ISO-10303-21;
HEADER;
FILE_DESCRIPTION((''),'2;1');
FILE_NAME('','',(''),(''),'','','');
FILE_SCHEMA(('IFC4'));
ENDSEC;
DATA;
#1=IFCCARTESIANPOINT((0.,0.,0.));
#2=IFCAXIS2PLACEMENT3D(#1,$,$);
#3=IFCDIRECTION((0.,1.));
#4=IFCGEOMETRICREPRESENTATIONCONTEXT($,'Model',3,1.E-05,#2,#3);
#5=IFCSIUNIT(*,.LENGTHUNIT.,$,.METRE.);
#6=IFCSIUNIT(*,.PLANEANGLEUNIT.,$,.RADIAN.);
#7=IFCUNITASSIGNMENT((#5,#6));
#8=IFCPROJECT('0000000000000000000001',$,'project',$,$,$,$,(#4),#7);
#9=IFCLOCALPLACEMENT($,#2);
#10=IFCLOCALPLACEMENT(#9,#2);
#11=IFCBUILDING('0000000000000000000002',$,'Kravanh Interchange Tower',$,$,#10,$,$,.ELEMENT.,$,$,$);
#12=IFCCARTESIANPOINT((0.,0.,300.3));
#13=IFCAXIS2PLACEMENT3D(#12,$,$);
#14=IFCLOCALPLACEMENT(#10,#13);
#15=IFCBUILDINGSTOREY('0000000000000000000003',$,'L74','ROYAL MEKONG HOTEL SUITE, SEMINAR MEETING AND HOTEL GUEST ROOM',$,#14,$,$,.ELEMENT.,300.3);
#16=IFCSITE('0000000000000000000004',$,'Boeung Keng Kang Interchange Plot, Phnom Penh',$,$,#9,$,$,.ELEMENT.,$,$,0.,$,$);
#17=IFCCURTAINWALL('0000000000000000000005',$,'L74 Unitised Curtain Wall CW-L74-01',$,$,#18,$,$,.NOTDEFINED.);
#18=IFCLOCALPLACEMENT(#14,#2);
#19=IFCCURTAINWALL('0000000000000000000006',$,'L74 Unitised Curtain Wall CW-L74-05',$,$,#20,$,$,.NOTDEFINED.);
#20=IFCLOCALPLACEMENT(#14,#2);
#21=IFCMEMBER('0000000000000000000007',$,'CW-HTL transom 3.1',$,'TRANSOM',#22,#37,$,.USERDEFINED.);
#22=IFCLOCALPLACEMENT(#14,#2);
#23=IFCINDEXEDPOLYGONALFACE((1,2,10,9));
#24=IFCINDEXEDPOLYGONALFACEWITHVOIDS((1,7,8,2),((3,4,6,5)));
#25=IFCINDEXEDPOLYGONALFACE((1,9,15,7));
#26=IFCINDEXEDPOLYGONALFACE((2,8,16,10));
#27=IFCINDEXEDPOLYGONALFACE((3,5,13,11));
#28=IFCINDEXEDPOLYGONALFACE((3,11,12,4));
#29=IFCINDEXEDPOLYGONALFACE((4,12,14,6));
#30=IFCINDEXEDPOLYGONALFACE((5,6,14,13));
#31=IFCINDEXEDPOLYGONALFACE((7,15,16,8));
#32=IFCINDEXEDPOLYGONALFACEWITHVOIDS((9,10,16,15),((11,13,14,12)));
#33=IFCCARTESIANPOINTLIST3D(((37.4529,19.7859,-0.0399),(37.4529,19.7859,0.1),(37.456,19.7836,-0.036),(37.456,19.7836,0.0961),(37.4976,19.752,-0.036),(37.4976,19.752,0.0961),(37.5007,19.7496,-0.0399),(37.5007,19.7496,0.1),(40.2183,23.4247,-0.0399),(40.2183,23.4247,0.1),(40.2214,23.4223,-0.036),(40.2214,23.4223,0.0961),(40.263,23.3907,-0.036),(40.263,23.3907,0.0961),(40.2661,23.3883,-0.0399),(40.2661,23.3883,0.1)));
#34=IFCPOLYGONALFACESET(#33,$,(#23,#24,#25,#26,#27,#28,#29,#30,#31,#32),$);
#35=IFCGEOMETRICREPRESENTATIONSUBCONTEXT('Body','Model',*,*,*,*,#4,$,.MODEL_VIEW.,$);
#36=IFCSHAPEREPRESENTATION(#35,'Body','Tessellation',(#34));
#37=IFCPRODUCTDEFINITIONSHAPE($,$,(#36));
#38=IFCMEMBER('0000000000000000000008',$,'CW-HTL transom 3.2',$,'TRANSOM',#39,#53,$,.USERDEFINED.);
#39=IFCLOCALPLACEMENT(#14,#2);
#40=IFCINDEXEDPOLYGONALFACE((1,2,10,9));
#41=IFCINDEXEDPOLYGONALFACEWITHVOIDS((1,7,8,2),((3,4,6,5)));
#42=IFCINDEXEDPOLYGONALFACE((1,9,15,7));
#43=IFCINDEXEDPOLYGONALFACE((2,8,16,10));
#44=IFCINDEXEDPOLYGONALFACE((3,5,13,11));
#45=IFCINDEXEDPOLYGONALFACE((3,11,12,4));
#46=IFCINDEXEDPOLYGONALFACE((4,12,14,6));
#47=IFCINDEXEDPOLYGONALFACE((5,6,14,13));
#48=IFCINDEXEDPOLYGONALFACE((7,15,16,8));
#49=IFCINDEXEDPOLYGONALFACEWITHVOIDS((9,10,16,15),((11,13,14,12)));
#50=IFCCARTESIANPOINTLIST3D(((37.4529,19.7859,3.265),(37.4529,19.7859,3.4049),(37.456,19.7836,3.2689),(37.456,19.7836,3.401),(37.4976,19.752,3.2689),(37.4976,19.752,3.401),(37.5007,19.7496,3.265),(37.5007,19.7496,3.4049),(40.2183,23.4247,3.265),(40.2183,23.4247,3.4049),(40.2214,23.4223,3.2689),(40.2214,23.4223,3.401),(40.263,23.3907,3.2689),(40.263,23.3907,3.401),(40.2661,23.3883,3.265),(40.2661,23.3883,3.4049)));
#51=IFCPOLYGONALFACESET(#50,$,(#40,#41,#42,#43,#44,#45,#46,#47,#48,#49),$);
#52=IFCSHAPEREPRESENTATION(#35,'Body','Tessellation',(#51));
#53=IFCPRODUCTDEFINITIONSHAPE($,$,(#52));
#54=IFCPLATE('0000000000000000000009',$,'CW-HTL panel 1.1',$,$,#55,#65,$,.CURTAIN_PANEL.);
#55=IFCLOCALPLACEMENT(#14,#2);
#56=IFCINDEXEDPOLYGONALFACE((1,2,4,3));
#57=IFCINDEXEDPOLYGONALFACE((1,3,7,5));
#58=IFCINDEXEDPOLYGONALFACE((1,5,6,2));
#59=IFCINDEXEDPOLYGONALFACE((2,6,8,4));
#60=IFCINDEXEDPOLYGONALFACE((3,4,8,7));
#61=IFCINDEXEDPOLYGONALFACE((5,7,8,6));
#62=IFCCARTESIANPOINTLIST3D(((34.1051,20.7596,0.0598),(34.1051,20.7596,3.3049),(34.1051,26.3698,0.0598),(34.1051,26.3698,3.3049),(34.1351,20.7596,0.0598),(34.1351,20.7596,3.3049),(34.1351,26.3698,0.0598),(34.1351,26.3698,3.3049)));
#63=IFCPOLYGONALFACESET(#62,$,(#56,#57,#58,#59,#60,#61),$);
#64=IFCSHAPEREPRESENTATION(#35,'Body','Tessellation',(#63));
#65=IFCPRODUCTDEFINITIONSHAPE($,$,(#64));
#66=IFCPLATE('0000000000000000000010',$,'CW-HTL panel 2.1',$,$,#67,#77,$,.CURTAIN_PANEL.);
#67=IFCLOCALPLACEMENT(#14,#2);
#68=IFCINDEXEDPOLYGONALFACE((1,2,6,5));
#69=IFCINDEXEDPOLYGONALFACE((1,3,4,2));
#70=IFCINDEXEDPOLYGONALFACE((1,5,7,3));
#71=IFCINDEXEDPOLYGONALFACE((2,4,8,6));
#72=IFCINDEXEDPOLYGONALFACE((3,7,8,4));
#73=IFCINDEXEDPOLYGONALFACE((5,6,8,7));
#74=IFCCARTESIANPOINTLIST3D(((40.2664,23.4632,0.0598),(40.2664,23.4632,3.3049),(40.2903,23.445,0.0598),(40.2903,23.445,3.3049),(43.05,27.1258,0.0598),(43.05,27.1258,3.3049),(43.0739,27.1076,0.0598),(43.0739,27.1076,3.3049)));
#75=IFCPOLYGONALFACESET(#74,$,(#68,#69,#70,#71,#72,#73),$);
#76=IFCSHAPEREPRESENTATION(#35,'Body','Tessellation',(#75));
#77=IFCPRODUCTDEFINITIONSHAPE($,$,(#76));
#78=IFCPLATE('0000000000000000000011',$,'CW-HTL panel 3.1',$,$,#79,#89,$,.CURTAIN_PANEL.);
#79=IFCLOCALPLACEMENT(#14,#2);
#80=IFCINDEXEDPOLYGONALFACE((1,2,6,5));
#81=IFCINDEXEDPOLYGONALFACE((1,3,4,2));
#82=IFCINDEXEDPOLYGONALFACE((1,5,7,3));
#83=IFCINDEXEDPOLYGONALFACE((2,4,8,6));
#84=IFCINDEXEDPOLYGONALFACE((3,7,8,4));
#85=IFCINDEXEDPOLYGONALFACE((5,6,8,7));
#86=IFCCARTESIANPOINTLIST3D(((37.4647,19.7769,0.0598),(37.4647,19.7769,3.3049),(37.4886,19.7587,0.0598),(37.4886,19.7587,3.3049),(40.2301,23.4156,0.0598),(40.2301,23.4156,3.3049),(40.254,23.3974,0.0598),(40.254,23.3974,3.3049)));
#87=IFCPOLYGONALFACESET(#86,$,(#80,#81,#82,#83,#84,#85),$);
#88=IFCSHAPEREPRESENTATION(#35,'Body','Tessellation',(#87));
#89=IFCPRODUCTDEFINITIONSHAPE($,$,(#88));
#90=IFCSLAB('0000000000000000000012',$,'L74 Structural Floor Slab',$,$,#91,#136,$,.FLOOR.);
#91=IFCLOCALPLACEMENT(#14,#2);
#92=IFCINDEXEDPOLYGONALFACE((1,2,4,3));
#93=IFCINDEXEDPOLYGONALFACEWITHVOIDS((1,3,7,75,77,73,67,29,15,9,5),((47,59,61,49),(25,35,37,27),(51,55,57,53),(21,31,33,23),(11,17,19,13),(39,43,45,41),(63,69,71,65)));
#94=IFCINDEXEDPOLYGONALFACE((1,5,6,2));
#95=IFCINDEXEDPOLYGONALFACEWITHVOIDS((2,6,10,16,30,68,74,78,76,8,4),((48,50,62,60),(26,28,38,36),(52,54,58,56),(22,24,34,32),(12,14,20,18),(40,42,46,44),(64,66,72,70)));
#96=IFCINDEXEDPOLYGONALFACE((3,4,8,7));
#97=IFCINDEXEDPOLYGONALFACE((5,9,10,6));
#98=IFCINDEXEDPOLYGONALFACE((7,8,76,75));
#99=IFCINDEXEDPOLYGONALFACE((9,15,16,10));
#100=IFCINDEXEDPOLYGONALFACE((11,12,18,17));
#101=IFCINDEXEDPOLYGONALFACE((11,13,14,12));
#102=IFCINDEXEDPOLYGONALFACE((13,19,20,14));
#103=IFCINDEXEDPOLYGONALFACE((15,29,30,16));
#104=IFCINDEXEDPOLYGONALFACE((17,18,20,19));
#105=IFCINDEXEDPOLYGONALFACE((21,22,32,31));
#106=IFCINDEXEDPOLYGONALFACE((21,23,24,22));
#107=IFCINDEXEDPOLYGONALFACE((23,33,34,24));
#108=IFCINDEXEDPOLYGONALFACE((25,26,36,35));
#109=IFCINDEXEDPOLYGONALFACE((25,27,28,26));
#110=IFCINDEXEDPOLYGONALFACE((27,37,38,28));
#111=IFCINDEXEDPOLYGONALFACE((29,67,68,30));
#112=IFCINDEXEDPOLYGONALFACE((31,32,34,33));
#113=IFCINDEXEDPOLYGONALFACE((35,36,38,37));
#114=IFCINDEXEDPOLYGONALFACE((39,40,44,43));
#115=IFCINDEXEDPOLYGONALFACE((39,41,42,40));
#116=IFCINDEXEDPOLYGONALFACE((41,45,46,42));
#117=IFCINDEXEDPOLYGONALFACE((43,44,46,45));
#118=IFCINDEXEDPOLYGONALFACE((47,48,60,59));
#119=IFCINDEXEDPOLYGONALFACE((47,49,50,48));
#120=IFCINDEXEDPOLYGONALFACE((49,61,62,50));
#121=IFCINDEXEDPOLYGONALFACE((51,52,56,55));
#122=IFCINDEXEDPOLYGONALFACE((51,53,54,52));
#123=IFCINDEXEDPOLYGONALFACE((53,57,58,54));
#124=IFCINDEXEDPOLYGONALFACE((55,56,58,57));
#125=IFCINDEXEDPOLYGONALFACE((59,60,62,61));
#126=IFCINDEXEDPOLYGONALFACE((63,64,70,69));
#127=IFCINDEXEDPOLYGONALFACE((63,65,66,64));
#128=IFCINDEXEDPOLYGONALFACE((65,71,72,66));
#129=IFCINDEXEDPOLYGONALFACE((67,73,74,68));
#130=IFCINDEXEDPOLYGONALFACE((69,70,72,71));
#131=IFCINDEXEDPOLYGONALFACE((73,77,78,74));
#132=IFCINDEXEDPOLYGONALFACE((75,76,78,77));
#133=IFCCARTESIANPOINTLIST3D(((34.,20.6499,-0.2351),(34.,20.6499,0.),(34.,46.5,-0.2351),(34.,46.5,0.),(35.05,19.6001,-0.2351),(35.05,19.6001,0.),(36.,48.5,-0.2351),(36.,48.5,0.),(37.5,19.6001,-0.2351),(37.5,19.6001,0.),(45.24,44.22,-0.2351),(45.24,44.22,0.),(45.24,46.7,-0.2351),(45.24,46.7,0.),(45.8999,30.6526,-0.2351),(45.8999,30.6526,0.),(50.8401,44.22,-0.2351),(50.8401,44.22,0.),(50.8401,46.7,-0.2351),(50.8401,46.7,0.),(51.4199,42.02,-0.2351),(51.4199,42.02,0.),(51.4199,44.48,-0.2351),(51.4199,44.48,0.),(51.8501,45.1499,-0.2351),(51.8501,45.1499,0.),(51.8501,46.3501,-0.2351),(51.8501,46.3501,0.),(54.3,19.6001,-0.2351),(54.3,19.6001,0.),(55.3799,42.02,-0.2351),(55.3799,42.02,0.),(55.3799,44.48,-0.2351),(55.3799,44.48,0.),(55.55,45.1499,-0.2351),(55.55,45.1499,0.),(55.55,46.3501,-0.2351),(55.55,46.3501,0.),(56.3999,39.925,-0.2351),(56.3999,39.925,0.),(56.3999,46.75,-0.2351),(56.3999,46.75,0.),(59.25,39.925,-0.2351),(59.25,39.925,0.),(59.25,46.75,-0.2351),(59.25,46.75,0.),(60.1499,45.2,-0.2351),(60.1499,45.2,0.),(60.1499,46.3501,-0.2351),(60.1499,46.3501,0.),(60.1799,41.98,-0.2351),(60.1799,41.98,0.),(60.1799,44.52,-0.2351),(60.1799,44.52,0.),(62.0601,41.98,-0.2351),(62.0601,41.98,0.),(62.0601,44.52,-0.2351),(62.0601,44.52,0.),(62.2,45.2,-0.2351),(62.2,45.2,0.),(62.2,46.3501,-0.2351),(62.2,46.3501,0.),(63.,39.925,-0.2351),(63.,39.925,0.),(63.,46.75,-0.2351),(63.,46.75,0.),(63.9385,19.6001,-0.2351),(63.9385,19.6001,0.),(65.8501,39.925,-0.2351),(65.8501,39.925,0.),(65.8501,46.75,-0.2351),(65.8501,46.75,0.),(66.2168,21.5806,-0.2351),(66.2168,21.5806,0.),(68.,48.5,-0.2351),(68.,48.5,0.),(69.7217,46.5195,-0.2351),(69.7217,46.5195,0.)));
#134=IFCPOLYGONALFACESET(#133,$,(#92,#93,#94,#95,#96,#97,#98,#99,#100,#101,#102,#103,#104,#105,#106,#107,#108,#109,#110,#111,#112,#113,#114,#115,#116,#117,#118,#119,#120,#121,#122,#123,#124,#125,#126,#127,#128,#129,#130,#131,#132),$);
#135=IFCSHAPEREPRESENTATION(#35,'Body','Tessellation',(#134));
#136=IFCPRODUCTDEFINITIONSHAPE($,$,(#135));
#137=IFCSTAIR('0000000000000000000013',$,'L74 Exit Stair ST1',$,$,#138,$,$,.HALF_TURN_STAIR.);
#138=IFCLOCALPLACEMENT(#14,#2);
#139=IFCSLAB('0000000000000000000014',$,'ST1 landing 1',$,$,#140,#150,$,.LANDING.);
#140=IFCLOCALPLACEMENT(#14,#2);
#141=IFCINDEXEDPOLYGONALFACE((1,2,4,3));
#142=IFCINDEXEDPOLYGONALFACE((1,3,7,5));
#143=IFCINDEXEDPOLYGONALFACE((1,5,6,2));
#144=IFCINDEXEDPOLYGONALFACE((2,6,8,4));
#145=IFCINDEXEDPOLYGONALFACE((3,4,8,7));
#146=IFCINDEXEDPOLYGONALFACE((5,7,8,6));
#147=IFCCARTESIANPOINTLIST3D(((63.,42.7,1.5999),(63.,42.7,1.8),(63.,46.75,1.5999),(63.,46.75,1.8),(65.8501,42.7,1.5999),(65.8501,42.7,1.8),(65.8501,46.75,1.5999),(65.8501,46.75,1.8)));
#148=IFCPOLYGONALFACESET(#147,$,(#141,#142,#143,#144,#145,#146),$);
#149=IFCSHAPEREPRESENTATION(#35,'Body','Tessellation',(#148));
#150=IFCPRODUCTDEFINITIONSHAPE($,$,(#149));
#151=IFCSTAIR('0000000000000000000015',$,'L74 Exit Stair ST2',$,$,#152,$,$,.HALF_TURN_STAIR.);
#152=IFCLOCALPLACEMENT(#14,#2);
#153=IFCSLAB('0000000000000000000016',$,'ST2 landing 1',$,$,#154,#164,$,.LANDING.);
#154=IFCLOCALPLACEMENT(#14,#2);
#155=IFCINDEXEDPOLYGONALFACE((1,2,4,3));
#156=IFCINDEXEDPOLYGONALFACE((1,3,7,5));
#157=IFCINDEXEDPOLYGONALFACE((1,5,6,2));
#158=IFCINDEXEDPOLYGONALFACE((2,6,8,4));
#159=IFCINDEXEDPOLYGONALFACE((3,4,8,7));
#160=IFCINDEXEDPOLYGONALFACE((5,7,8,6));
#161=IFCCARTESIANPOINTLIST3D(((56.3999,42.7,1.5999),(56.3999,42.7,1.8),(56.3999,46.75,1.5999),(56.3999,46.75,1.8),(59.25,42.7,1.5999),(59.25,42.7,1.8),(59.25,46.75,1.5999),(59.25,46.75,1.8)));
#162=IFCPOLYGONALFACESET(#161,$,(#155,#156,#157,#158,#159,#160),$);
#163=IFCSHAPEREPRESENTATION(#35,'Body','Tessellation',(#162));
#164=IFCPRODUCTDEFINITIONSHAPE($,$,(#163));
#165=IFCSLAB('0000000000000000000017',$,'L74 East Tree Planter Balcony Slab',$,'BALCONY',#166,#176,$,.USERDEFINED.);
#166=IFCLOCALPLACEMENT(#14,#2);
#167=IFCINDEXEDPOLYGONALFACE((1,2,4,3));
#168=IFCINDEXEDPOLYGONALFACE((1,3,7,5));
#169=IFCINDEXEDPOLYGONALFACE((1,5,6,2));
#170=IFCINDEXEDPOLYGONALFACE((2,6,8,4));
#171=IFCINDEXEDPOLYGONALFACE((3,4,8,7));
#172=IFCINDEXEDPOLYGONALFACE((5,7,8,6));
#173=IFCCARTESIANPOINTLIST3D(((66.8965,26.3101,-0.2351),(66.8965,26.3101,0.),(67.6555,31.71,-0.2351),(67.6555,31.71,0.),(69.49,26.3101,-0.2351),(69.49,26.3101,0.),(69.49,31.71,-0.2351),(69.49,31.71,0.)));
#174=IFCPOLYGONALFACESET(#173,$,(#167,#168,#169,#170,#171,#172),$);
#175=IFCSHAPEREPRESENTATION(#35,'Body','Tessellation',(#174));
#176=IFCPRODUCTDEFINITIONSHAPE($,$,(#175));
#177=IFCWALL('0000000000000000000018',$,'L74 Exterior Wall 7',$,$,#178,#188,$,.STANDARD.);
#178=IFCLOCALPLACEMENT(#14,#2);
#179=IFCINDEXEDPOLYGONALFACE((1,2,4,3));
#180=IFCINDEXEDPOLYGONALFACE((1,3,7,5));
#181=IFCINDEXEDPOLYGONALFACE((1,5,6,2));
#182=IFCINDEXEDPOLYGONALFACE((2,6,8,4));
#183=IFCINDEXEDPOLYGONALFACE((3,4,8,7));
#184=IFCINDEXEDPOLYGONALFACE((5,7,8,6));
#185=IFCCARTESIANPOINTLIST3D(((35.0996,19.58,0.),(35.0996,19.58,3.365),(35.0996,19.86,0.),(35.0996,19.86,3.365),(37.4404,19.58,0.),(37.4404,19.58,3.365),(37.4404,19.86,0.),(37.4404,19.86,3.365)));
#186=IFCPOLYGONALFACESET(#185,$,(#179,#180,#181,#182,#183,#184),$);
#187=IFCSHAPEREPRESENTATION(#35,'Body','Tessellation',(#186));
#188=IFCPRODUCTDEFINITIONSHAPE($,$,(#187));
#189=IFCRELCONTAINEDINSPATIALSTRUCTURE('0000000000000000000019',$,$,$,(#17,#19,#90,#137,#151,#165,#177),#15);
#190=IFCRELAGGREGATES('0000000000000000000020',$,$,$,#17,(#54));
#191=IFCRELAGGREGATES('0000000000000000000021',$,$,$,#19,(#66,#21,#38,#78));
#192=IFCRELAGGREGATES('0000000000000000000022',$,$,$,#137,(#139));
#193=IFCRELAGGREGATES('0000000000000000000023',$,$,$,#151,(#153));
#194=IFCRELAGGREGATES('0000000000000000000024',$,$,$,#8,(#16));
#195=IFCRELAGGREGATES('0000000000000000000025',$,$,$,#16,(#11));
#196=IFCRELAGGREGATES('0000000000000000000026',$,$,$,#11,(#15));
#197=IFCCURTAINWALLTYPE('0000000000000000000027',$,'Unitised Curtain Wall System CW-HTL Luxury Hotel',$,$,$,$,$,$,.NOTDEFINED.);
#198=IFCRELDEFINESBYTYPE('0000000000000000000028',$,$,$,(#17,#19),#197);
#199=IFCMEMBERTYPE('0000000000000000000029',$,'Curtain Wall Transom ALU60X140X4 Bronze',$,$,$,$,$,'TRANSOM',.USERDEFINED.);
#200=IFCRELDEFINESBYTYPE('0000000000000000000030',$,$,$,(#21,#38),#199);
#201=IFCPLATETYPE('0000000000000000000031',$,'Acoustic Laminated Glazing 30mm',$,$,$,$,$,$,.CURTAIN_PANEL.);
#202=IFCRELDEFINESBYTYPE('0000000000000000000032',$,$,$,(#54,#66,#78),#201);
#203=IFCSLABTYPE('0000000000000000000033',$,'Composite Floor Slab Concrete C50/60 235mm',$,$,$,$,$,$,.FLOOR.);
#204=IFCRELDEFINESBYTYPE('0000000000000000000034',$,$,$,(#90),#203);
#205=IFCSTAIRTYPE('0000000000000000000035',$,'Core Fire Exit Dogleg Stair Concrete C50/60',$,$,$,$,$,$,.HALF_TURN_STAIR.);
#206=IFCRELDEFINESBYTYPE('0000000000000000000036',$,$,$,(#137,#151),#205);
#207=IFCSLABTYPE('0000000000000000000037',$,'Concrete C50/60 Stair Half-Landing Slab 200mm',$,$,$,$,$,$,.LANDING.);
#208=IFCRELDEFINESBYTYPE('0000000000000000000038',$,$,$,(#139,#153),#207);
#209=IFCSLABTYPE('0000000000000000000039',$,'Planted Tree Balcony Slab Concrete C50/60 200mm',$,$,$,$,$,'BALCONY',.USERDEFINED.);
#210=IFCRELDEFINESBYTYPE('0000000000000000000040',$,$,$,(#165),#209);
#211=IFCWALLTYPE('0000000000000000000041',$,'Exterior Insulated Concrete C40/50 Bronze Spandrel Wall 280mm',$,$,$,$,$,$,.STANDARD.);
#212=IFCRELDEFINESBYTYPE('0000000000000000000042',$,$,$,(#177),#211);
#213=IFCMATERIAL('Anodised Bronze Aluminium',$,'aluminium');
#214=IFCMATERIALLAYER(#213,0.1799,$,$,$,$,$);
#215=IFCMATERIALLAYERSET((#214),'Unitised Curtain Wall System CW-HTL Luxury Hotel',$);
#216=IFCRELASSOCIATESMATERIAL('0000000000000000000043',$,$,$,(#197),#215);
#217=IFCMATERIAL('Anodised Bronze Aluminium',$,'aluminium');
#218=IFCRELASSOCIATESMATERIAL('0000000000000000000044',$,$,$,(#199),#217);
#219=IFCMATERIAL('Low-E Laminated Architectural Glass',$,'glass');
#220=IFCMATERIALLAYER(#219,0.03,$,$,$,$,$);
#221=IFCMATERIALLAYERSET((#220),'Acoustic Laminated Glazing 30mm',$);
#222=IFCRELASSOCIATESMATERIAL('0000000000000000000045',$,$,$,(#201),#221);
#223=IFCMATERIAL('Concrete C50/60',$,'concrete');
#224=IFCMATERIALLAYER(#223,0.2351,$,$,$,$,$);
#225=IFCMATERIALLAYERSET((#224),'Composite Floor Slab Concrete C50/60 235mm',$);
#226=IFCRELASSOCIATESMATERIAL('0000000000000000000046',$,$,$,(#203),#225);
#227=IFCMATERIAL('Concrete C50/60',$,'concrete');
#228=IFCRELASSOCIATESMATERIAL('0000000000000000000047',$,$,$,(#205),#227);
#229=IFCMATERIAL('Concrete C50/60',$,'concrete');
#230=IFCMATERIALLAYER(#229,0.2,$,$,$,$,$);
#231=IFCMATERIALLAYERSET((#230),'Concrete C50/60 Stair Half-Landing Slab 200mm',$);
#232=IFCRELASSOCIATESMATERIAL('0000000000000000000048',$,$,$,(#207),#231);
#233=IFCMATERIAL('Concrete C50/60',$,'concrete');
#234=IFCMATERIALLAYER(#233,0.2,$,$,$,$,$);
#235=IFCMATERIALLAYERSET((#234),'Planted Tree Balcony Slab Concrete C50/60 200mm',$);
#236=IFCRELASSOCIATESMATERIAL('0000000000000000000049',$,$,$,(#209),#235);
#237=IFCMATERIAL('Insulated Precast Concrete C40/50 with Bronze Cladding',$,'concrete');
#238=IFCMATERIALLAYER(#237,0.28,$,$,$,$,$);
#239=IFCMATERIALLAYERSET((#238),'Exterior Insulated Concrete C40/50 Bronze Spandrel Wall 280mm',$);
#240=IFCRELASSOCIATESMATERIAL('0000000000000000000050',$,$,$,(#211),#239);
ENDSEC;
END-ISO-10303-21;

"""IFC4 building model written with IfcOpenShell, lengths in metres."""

from ifc_helpers import new_model, si_unit, direction, frame, frame_2d, origin, origin_2d, place, context, subcontext, project, spatial, polyline, rectangle, hollow_rectangle, outline, extrude, material, layer, layer_set, material_profile, profile_set, type_object, element, aggregate, save


model = new_model("IFC4")

# Units and contexts
model_context = context("Model", 3, precision=1e-05, world=origin(), true_north=direction((0.0, 1.0)))
body_context = subcontext(model_context, "Body", "Model", "MODEL_VIEW")
ifc_project = project(units=[si_unit("LENGTHUNIT", "METRE"), si_unit("PLANEANGLEUNIT", "RADIAN")], contexts=[model_context])

# Site, building, storey
site_placement = place(None, origin())
site = spatial("IfcSite", under=ifc_project, at=site_placement, Name="Boeung Keng Kang Interchange Plot, Phnom Penh", CompositionType="ELEMENT", RefElevation=0.0)
building_placement = place(site_placement, origin())
building = spatial("IfcBuilding", under=site, at=building_placement, Name="Kravanh Interchange Tower", CompositionType="ELEMENT")
storey_placement = place(building_placement, frame((0.0, 0.0, 300.3)))
storey = spatial("IfcBuildingStorey", under=building, at=storey_placement, Name="L74", Description="ROYAL MEKONG HOTEL SUITE, SEMINAR MEETING AND HOTEL GUEST ROOM", CompositionType="ELEMENT", Elevation=300.3)

# Curtain walls
ifc_material_1 = material(Name="Anodised Bronze Aluminium", Category="aluminium")
ifc_layer_1 = layer(ifc_material_1, 0.1799)
ifc_layer_set_1 = layer_set([ifc_layer_1], Name="Unitised Curtain Wall System CW-HTL Luxury Hotel")
curtain_wall_type = type_object("IfcCurtainWallType", Name="Unitised Curtain Wall System CW-HTL Luxury Hotel", PredefinedType="NOTDEFINED", material=ifc_layer_set_1)
curtain_wall_1_placement = place(storey_placement, origin())
curtain_wall_1 = element("IfcCurtainWall", 1, at=curtain_wall_1_placement, inside=storey, type_object=curtain_wall_type, Name="L74 Unitised Curtain Wall CW-L74-01", PredefinedType="NOTDEFINED")
curtain_wall_2_placement = place(storey_placement, origin())
curtain_wall_2 = element("IfcCurtainWall", 2, at=curtain_wall_2_placement, inside=storey, type_object=curtain_wall_type, Name="L74 Unitised Curtain Wall CW-L74-05", PredefinedType="NOTDEFINED")

# Members
ifc_material_2 = material(Name="Anodised Bronze Aluminium", Category="aluminium")
ifc_material_profile_1 = material_profile(ifc_material_2, hollow_rectangle(XDim=0.0601, YDim=0.1399, WallThickness=0.0039, at=origin_2d()), Name="ALU60X140X4")
ifc_profile_set_1 = profile_set([ifc_material_profile_1], Name="Anodised Bronze Aluminium")
member_type_1 = type_object("IfcMemberType", Name="Curtain Wall Transom ALU60X140X4 Bronze", ElementType="TRANSOM", PredefinedType="USERDEFINED", material=ifc_profile_set_1)
member_1_placement = place(storey_placement, frame((40.2422, 23.4065, 0.03), z_axis=(-0.605082, -0.796163, 0.0), x_axis=(0.796163, -0.605082, 0.0)))
member_1 = element("IfcMember", 3, at=member_1_placement, type_object=member_type_1, Name="CW-HTL transom 3.1", ObjectType="TRANSOM", PredefinedType="USERDEFINED", context=body_context, shape_type="SweptSolid", body=[
    extrude(hollow_rectangle(XDim=0.0601, YDim=0.1399, WallThickness=0.0039, at=origin_2d()), origin(), (0.0, 0.0, 1.0), 4.5703),
])
member_2_placement = place(storey_placement, frame((40.2422, 23.4065, 3.335), z_axis=(-0.605082, -0.796163, 0.0), x_axis=(0.796163, -0.605082, 0.0)))
member_2 = element("IfcMember", 4, at=member_2_placement, type_object=member_type_1, Name="CW-HTL transom 3.2", ObjectType="TRANSOM", PredefinedType="USERDEFINED", context=body_context, shape_type="SweptSolid", body=[
    extrude(hollow_rectangle(XDim=0.0601, YDim=0.1399, WallThickness=0.0039, at=origin_2d()), origin(), (0.0, 0.0, 1.0), 4.5703),
])

# Plates
ifc_material_3 = material(Name="Low-E Laminated Architectural Glass", Category="glass")
ifc_layer_2 = layer(ifc_material_3, 0.03)
ifc_layer_set_2 = layer_set([ifc_layer_2], Name="Acoustic Laminated Glazing 30mm")
plate_type = type_object("IfcPlateType", Name="Acoustic Laminated Glazing 30mm", PredefinedType="CURTAIN_PANEL", material=ifc_layer_set_2)
plate_1_placement = place(storey_placement, frame((34.1201, 23.5647, 0.0598), z_axis=(0.0, 0.0, 1.0), x_axis=(0.0, 1.0, 0.0)))
plate_1 = element("IfcPlate", 5, at=plate_1_placement, type_object=plate_type, Name="CW-HTL panel 1.1", PredefinedType="CURTAIN_PANEL", context=body_context, shape_type="SweptSolid", body=[
    extrude(rectangle(XDim=5.6101, YDim=0.03, at=origin_2d()), origin(), (0.0, 0.0, 1.0), 3.2451),
])
aggregate(curtain_wall_1, [plate_1])
plate_2_placement = place(storey_placement, frame((41.6702, 25.2854, 0.0598), z_axis=(0.0, 0.0, 1.0), x_axis=(-0.605084, -0.796162, 0.0)))
plate_2 = element("IfcPlate", 6, at=plate_2_placement, type_object=plate_type, Name="CW-HTL panel 2.1", PredefinedType="CURTAIN_PANEL", context=body_context, shape_type="SweptSolid", body=[
    extrude(rectangle(XDim=4.6003, YDim=0.03, at=origin_2d()), origin(), (0.0, 0.0, 1.0), 3.2451),
])
plate_3_placement = place(storey_placement, frame((38.8594, 21.5872, 0.0598), z_axis=(0.0, 0.0, 1.0), x_axis=(-0.605084, -0.796162, 0.0)))
plate_3 = element("IfcPlate", 7, at=plate_3_placement, type_object=plate_type, Name="CW-HTL panel 3.1", PredefinedType="CURTAIN_PANEL", context=body_context, shape_type="SweptSolid", body=[
    extrude(rectangle(XDim=4.5703, YDim=0.03, at=origin_2d()), origin(), (0.0, 0.0, 1.0), 3.2451),
])
aggregate(curtain_wall_2, [plate_2, member_1, member_2, plate_3])

# Slab
ifc_material_4 = material(Name="Concrete C50/60", Category="concrete")
ifc_layer_3 = layer(ifc_material_4, 0.2351)
ifc_layer_set_3 = layer_set([ifc_layer_3], Name="Composite Floor Slab Concrete C50/60 235mm")
slab_type_1 = type_object("IfcSlabType", Name="Composite Floor Slab Concrete C50/60 235mm", PredefinedType="FLOOR", material=ifc_layer_set_3)
slab_1_placement = place(storey_placement, frame((0.0, 0.0, -0.2351)))
element("IfcSlab", 8, at=slab_1_placement, inside=storey, type_object=slab_type_1, Name="L74 Structural Floor Slab", PredefinedType="FLOOR", context=body_context, shape_type="SweptSolid", body=[
    extrude(outline(polyline([(34.0, 20.6499), (35.05, 19.6001), (37.5, 19.6001), (45.8999, 30.6526), (54.3, 19.6001), (63.9385, 19.6001), (66.2168, 21.5806), (69.7217, 46.5195), (68.0, 48.5), (36.0, 48.5), (34.0, 46.5), (34.0, 20.6499)]), holes=[polyline([(65.8501, 39.925), (65.8501, 46.75), (63.0, 46.75), (63.0, 39.925), (65.8501, 39.925)]), polyline([(59.25, 39.925), (59.25, 46.75), (56.3999, 46.75), (56.3999, 39.925), (59.25, 39.925)]), polyline([(45.24, 44.22), (50.8401, 44.22), (50.8401, 46.7), (45.24, 46.7), (45.24, 44.22)]), polyline([(51.4199, 42.02), (55.3799, 42.02), (55.3799, 44.48), (51.4199, 44.48), (51.4199, 42.02)]), polyline([(60.1799, 41.98), (62.0601, 41.98), (62.0601, 44.52), (60.1799, 44.52), (60.1799, 41.98)]), polyline([(60.1499, 45.2), (62.2, 45.2), (62.2, 46.3501), (60.1499, 46.3501), (60.1499, 45.2)]), polyline([(51.8501, 45.1499), (55.55, 45.1499), (55.55, 46.3501), (51.8501, 46.3501), (51.8501, 45.1499)])]), origin(), (0.0, 0.0, 1.0), 0.2351),
])

# Stairs, slabs
ifc_material_5 = material(Name="Concrete C50/60", Category="concrete")
stair_type = type_object("IfcStairType", Name="Core Fire Exit Dogleg Stair Concrete C50/60", PredefinedType="HALF_TURN_STAIR", material=ifc_material_5)
stair_1_placement = place(storey_placement, origin())
stair_1 = element("IfcStair", 9, at=stair_1_placement, inside=storey, type_object=stair_type, Name="L74 Exit Stair ST1", PredefinedType="HALF_TURN_STAIR")
ifc_material_6 = material(Name="Concrete C50/60", Category="concrete")
ifc_layer_4 = layer(ifc_material_6, 0.2)
ifc_layer_set_4 = layer_set([ifc_layer_4], Name="Concrete C50/60 Stair Half-Landing Slab 200mm")
slab_type_2 = type_object("IfcSlabType", Name="Concrete C50/60 Stair Half-Landing Slab 200mm", PredefinedType="LANDING", material=ifc_layer_set_4)
slab_2_placement = place(storey_placement, frame((0.0, 0.0, 1.5999)))
slab_2 = element("IfcSlab", 10, at=slab_2_placement, type_object=slab_type_2, Name="ST1 landing 1", PredefinedType="LANDING", context=body_context, shape_type="SweptSolid", body=[
    extrude(outline(polyline([(65.8501, 42.7), (65.8501, 46.75), (63.0, 46.75), (63.0, 42.7), (65.8501, 42.7)])), origin(), (0.0, 0.0, 1.0), 0.2002),
])
aggregate(stair_1, [slab_2])
stair_2_placement = place(storey_placement, origin())
stair_2 = element("IfcStair", 11, at=stair_2_placement, inside=storey, type_object=stair_type, Name="L74 Exit Stair ST2", PredefinedType="HALF_TURN_STAIR")
slab_3_placement = place(storey_placement, frame((0.0, 0.0, 1.5999)))
slab_3 = element("IfcSlab", 12, at=slab_3_placement, type_object=slab_type_2, Name="ST2 landing 1", PredefinedType="LANDING", context=body_context, shape_type="SweptSolid", body=[
    extrude(outline(polyline([(59.25, 42.7), (59.25, 46.75), (56.3999, 46.75), (56.3999, 42.7), (59.25, 42.7)])), origin(), (0.0, 0.0, 1.0), 0.2002),
])
aggregate(stair_2, [slab_3])

# Slab
ifc_material_7 = material(Name="Concrete C50/60", Category="concrete")
ifc_layer_5 = layer(ifc_material_7, 0.2)
ifc_layer_set_5 = layer_set([ifc_layer_5], Name="Planted Tree Balcony Slab Concrete C50/60 200mm")
slab_type_3 = type_object("IfcSlabType", Name="Planted Tree Balcony Slab Concrete C50/60 200mm", ElementType="BALCONY", PredefinedType="USERDEFINED", material=ifc_layer_set_5)
slab_4_placement = place(storey_placement, frame((0.0, 0.0, -0.2351)))
element("IfcSlab", 13, at=slab_4_placement, inside=storey, type_object=slab_type_3, Name="L74 East Tree Planter Balcony Slab", ObjectType="BALCONY", PredefinedType="USERDEFINED", context=body_context, shape_type="SweptSolid", body=[
    extrude(outline(polyline([(69.49, 31.71), (69.49, 26.3101), (66.8965, 26.3101), (67.6555, 31.71), (69.49, 31.71)])), origin(), (0.0, 0.0, 1.0), 0.2351),
])

# Wall
ifc_material_8 = material(Name="Insulated Precast Concrete C40/50 with Bronze Cladding", Category="concrete")
ifc_layer_6 = layer(ifc_material_8, 0.28)
ifc_layer_set_6 = layer_set([ifc_layer_6], Name="Exterior Insulated Concrete C40/50 Bronze Spandrel Wall 280mm")
wall_type = type_object("IfcWallType", Name="Exterior Insulated Concrete C40/50 Bronze Spandrel Wall 280mm", PredefinedType="STANDARD", material=ifc_layer_set_6)
wall_1_placement = place(storey_placement, frame((37.4404, 19.72, 0.0), z_axis=(0.0, 0.0, 1.0), x_axis=(-1.0, 0.0, 0.0)))
element("IfcWall", 14, at=wall_1_placement, inside=storey, type_object=wall_type, Name="L74 Exterior Wall 7", PredefinedType="STANDARD", context=body_context, shape_type="SweptSolid", body=[
    extrude(rectangle(XDim=2.3408, YDim=0.28, at=frame_2d((1.1704, 0.0))), origin(), (0.0, 0.0, 1.0), 3.365),
])

save(model, "model.ifc")
